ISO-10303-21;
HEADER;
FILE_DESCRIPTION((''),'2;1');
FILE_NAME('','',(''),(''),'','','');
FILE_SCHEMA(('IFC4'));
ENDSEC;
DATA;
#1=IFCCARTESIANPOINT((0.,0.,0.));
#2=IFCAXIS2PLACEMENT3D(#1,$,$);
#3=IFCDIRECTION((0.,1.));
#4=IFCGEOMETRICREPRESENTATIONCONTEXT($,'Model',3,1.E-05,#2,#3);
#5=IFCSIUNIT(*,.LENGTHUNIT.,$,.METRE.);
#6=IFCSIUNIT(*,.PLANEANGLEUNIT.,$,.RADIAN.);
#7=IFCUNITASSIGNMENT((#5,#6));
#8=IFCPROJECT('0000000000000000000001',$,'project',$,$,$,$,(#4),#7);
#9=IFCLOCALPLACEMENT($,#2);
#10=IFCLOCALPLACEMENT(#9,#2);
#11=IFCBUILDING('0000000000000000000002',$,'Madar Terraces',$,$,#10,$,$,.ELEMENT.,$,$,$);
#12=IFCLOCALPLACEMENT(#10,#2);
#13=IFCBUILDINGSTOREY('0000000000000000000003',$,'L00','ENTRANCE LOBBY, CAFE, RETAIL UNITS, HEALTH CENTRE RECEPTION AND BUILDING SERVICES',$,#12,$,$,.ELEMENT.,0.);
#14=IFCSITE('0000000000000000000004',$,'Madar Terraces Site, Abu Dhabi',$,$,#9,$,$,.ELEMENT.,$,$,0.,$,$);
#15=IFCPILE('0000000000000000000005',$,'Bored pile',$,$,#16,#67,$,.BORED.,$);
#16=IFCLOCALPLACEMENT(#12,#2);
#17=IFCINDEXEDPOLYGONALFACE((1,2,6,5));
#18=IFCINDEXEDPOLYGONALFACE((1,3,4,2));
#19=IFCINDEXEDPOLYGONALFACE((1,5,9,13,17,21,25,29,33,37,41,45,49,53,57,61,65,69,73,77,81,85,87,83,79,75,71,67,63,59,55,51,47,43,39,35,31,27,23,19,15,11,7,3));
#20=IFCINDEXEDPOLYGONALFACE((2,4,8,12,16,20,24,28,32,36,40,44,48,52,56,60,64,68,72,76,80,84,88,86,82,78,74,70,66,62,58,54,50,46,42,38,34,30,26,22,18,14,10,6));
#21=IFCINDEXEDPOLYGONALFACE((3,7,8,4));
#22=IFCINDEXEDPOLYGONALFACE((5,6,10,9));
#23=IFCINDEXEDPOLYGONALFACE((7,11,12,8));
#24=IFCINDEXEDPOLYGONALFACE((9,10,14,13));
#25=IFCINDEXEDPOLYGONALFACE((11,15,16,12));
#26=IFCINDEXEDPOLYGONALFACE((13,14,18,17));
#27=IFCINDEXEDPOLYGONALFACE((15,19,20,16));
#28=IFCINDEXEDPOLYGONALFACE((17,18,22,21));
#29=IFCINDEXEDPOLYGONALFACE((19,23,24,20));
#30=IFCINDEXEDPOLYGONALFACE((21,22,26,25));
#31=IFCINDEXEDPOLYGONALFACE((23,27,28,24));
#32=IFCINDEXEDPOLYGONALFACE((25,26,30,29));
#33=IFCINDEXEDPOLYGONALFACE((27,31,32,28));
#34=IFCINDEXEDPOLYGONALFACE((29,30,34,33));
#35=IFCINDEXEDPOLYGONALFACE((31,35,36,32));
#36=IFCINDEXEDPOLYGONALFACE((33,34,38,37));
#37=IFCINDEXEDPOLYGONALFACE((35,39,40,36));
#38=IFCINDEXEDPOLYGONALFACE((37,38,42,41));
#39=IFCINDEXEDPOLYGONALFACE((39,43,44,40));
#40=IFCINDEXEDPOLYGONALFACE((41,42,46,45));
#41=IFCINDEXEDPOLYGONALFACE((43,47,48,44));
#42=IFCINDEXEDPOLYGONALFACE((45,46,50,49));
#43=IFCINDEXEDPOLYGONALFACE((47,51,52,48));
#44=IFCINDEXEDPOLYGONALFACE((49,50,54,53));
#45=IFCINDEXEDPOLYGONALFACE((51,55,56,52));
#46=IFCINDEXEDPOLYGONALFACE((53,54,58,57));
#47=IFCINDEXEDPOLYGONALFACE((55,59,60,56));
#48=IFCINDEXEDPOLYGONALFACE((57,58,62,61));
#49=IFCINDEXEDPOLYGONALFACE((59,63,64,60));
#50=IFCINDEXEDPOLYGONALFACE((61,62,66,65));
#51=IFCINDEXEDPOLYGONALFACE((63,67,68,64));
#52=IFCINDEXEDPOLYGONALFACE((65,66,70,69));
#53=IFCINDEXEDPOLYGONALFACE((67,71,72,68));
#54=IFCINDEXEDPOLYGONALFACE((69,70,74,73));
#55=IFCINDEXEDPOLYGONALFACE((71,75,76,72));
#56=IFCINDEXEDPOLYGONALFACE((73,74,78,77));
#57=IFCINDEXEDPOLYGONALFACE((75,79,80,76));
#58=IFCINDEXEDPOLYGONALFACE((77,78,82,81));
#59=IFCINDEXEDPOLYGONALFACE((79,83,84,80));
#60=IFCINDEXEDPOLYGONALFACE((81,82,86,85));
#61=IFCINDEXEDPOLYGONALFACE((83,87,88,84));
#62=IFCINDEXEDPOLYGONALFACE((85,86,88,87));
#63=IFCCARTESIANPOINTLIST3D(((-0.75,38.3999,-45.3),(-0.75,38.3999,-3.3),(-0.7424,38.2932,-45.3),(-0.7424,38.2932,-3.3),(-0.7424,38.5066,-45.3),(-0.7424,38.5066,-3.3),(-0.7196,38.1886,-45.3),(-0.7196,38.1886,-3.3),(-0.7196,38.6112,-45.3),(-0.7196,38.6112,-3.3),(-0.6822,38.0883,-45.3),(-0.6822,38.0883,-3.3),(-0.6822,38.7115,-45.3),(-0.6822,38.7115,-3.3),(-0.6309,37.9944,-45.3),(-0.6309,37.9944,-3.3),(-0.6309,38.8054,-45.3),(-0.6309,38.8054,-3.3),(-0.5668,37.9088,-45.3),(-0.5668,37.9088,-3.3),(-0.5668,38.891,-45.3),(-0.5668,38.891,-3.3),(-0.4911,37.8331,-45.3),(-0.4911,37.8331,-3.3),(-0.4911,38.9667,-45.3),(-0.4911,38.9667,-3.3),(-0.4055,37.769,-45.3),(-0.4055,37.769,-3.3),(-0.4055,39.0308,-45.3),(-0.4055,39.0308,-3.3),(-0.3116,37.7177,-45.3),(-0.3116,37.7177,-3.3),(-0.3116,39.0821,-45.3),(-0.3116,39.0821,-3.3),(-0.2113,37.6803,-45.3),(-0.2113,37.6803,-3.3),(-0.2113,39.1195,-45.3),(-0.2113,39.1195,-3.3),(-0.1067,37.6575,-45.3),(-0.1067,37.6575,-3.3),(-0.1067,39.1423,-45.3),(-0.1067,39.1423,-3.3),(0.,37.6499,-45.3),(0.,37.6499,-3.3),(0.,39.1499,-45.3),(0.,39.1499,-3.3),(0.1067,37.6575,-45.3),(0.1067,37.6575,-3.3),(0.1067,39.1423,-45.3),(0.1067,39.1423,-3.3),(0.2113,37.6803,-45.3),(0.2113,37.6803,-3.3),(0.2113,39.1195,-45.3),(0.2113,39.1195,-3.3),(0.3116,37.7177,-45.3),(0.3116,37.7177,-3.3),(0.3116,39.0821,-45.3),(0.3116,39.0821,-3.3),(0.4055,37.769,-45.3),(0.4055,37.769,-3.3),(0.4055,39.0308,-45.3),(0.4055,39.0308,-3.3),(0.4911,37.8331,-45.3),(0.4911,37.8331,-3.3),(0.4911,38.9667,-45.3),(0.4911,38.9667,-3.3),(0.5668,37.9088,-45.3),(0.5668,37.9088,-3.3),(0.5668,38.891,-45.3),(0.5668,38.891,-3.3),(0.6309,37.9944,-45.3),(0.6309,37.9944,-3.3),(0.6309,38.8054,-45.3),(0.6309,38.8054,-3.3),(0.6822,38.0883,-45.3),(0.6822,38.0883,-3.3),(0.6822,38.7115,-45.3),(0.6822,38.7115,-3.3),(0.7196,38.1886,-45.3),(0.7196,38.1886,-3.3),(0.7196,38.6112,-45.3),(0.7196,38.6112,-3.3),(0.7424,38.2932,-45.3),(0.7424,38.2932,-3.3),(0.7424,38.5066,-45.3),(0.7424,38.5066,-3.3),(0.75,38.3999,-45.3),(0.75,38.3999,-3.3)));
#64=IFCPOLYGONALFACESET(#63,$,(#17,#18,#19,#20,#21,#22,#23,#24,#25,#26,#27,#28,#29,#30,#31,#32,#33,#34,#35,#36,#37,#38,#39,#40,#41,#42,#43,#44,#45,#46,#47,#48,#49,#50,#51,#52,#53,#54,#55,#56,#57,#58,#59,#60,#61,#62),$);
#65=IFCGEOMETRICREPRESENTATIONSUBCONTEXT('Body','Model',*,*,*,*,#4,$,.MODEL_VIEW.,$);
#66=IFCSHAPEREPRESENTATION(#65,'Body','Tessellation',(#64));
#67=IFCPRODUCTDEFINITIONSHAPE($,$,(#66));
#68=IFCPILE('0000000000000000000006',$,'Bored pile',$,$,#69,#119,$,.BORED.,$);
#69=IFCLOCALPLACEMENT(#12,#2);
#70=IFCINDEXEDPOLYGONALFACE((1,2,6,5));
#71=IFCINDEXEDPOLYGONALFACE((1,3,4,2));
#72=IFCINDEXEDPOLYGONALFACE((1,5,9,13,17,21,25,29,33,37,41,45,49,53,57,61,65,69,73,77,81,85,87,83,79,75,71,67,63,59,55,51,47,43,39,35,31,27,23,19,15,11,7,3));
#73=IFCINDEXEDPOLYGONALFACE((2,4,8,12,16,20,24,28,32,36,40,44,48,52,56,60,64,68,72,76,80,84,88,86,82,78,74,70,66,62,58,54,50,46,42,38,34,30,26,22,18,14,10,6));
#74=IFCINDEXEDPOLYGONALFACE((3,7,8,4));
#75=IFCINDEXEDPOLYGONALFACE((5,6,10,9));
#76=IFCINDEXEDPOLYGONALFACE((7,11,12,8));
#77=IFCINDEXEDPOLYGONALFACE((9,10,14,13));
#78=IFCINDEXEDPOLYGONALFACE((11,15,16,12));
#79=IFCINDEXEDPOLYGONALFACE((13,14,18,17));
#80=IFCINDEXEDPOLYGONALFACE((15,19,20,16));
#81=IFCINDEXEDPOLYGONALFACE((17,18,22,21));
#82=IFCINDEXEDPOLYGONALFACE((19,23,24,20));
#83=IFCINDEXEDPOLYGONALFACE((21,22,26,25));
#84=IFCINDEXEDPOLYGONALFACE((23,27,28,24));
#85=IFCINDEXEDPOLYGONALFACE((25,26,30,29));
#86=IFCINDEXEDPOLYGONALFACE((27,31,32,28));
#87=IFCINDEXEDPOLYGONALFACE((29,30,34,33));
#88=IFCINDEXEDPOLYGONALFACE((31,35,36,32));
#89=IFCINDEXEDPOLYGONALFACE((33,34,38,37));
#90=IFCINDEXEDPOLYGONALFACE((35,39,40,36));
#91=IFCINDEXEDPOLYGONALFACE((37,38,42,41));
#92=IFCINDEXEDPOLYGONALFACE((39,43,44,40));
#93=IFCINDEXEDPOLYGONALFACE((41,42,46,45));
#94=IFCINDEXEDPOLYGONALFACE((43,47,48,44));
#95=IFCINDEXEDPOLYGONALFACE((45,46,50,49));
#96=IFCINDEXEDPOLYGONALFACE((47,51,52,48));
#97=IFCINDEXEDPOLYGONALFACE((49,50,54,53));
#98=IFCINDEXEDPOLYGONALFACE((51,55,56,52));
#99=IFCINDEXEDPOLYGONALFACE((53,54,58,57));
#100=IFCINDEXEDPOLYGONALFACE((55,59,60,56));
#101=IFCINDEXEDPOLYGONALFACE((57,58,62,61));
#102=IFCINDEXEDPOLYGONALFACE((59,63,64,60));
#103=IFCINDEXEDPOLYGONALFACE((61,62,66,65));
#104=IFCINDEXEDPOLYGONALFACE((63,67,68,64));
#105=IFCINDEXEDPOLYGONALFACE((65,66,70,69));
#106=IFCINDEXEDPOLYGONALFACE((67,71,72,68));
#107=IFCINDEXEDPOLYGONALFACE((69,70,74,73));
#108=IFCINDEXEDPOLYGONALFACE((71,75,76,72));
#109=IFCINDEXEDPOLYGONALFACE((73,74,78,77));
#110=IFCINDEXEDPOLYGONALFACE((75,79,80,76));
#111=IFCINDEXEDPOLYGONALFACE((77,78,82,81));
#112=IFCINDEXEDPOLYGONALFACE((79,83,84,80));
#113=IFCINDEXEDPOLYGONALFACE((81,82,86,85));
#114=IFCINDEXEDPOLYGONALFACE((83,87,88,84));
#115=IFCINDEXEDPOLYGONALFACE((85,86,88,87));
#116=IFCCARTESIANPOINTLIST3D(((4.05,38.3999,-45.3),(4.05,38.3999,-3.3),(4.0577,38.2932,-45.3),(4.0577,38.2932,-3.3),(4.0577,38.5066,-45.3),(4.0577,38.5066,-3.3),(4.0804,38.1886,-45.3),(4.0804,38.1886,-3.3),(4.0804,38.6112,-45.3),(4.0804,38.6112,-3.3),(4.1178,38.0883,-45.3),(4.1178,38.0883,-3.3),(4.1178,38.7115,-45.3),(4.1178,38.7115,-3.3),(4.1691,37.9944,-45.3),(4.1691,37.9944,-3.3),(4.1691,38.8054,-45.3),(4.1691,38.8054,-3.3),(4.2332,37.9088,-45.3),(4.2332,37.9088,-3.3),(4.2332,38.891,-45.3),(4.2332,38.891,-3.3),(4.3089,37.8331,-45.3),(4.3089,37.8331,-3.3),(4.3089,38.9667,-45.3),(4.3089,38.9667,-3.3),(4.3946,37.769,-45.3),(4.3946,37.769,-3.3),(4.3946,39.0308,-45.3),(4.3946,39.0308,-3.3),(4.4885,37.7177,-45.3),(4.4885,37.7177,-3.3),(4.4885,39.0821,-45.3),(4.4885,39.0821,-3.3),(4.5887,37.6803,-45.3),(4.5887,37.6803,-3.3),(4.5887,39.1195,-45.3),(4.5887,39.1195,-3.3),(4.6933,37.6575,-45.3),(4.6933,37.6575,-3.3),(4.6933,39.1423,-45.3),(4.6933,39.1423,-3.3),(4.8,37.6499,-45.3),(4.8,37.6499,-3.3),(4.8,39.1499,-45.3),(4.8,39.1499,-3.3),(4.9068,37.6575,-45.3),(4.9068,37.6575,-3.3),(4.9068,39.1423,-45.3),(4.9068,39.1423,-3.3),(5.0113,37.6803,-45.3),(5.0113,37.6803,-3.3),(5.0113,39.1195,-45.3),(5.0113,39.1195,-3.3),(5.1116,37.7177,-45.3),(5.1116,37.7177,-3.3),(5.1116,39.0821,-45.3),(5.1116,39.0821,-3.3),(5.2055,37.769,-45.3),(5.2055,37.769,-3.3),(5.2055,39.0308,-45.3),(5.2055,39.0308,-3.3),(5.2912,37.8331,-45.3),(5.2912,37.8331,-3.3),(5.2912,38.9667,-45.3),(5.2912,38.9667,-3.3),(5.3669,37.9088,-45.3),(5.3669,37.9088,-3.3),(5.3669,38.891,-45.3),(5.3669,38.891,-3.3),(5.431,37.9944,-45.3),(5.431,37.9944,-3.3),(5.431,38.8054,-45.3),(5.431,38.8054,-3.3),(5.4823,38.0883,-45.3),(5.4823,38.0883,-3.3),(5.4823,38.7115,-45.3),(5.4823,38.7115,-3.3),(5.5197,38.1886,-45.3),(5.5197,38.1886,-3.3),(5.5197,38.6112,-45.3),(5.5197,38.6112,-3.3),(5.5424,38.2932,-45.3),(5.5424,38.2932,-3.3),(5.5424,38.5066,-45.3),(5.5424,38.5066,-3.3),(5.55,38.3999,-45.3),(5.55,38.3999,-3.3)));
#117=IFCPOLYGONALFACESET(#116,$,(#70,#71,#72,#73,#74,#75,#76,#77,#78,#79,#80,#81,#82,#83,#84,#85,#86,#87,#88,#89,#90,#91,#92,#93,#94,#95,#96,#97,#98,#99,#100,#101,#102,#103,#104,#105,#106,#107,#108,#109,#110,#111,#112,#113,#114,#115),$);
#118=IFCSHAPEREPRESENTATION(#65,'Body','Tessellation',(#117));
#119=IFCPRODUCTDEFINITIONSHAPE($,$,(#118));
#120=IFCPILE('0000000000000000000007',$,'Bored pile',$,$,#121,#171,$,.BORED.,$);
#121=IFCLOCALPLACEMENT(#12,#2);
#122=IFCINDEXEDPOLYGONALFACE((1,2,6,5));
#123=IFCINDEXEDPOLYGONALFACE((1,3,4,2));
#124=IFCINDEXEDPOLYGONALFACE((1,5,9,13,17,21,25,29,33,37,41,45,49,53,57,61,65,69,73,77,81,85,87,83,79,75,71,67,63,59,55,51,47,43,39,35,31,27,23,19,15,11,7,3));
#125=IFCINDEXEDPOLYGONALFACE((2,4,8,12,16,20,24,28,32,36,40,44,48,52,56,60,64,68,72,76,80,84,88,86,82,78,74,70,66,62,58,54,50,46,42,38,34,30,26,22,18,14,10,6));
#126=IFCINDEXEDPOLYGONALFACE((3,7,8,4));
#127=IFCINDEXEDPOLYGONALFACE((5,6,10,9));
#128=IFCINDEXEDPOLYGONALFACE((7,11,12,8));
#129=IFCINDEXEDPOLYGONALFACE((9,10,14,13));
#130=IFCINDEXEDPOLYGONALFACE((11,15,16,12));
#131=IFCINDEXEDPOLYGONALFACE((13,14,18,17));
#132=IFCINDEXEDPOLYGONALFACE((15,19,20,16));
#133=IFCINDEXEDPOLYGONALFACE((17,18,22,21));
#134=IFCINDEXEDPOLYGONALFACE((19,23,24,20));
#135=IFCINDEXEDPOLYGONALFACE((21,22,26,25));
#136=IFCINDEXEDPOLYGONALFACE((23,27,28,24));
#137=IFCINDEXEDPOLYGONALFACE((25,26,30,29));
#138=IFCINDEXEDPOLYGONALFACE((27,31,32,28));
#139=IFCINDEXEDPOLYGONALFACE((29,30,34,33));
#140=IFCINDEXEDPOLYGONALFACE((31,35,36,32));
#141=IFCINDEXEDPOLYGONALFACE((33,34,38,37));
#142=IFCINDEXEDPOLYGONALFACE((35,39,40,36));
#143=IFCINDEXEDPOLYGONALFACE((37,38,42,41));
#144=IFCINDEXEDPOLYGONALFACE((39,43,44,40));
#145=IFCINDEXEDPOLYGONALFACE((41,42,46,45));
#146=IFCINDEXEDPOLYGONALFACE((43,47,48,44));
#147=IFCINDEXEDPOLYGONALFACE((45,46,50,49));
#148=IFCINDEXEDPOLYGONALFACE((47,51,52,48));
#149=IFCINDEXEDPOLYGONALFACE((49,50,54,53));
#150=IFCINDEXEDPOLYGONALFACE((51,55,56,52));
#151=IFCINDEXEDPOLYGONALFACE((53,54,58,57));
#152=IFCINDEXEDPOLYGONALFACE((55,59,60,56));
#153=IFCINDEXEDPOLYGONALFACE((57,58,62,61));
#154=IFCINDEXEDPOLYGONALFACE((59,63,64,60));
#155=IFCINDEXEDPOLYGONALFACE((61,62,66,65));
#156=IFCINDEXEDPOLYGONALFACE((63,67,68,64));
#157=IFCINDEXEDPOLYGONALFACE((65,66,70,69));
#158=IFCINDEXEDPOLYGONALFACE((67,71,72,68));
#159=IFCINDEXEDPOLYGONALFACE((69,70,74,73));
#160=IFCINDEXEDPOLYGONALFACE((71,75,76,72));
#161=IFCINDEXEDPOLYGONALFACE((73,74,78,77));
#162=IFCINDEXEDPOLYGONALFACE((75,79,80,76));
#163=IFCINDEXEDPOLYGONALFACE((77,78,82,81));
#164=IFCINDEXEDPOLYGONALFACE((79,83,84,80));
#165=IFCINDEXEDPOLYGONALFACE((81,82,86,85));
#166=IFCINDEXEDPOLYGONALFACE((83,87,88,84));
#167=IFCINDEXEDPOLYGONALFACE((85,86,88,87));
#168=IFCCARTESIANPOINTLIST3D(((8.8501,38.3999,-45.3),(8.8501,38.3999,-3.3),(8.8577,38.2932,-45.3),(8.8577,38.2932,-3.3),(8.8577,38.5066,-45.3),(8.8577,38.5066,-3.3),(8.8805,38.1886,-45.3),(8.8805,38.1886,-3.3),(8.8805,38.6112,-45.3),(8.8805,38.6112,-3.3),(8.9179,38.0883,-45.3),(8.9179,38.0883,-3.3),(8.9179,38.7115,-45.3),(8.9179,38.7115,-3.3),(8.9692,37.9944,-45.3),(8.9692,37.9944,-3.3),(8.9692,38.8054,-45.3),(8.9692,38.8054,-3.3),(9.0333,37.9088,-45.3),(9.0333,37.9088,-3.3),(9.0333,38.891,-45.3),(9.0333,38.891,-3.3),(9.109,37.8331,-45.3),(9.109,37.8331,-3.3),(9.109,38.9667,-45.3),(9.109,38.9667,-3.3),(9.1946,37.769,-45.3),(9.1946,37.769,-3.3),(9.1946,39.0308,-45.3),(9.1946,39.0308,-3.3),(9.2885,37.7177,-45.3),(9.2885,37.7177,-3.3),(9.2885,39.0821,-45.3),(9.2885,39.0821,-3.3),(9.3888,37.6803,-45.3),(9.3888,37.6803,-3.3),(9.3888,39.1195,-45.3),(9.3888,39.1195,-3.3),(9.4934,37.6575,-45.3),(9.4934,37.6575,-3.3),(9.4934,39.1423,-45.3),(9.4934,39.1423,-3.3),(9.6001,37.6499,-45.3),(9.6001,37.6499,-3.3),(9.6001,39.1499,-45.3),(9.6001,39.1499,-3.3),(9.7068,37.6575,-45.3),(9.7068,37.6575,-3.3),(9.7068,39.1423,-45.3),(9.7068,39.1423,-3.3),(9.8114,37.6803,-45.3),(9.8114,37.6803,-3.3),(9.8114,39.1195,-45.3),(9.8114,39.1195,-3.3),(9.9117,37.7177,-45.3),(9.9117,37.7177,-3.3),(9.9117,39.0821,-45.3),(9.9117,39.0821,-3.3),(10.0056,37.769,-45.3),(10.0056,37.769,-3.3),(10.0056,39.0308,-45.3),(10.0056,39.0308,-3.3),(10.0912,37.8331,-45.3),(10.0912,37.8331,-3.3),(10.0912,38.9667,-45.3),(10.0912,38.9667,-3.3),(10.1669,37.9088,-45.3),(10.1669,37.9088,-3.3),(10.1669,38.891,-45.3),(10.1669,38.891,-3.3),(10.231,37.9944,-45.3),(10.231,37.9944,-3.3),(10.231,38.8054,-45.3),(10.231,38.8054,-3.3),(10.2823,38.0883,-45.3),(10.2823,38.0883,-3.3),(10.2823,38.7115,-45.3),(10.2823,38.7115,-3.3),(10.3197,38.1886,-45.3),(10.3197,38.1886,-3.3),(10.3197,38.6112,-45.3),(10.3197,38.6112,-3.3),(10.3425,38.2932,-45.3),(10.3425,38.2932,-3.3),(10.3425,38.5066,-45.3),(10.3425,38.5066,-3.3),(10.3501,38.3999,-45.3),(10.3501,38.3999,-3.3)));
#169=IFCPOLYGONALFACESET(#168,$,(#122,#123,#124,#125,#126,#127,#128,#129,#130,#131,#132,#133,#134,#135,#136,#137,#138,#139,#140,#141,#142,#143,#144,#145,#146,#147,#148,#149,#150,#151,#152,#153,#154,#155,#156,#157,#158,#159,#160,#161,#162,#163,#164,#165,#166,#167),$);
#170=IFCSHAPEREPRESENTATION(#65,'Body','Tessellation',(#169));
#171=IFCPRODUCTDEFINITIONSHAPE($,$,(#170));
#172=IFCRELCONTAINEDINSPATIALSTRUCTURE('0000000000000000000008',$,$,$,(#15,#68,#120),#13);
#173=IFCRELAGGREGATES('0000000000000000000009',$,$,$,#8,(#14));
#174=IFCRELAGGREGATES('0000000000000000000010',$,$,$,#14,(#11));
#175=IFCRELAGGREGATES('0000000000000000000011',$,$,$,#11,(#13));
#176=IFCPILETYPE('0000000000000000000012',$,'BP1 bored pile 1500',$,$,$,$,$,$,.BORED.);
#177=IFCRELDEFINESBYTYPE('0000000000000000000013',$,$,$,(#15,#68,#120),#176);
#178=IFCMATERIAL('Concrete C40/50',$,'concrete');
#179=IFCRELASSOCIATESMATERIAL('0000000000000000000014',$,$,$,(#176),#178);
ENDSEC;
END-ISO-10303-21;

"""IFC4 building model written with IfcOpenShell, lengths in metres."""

from ifc_helpers import new_model, si_unit, direction, frame, origin, origin_2d, place, context, subcontext, project, spatial, circle, extrude, material, material_profile, profile_set, type_object, element, save


model = new_model("IFC4")

# Units and contexts
model_context = context("Model", 3, precision=1e-05, world=origin(), true_north=direction((0.0, 1.0)))
body_context = subcontext(model_context, "Body", "Model", "MODEL_VIEW")
ifc_project = project(units=[si_unit("LENGTHUNIT", "METRE"), si_unit("PLANEANGLEUNIT", "RADIAN")], contexts=[model_context])

# Site, building, storey
site_placement = place(None, origin())
site = spatial("IfcSite", under=ifc_project, at=site_placement, Name="Madar Terraces Site, Abu Dhabi", CompositionType="ELEMENT", RefElevation=0.0)
building_placement = place(site_placement, origin())
building = spatial("IfcBuilding", under=site, at=building_placement, Name="Madar Terraces", CompositionType="ELEMENT")
storey_placement = place(building_placement, origin())
storey = spatial("IfcBuildingStorey", under=building, at=storey_placement, Name="L00", Description="ENTRANCE LOBBY, CAFE, RETAIL UNITS, HEALTH CENTRE RECEPTION AND BUILDING SERVICES", CompositionType="ELEMENT", Elevation=0.0)

# Piles
ifc_material_1 = material(Name="Concrete C40/50", Category="concrete")
ifc_material_profile_1 = material_profile(ifc_material_1, circle(Radius=0.75, at=origin_2d()), Name="BP1 bored pile 1500")
ifc_profile_set_1 = profile_set([ifc_material_profile_1], Name="Concrete C40/50")
pile_type = type_object("IfcPileType", Name="BP1 bored pile 1500", PredefinedType="BORED", material=ifc_profile_set_1)
for number, where, z_axis, x_axis, name in (
    (1, (0.0, 38.3999, -3.3), (0.0, 0.0, -1.0), (1.0, 0.0, 0.0), "Bored pile"),
    (2, (4.8, 38.3999, -3.3), (0.0, 0.0, -1.0), (1.0, 0.0, 0.0), "Bored pile"),
    (3, (9.6001, 38.3999, -3.3), (0.0, 0.0, -1.0), (1.0, 0.0, 0.0), "Bored pile"),
):
    element("IfcPile", number, at=place(storey_placement, frame(where, z_axis=z_axis, x_axis=x_axis)), inside=storey, type_object=pile_type, Name=name, PredefinedType="BORED", context=body_context, shape_type="SweptSolid", body=[
        extrude(circle(Radius=0.75, at=origin_2d()), origin(), (0.0, 0.0, 1.0), 42.0),
    ])

save(model, "model.ifc")
